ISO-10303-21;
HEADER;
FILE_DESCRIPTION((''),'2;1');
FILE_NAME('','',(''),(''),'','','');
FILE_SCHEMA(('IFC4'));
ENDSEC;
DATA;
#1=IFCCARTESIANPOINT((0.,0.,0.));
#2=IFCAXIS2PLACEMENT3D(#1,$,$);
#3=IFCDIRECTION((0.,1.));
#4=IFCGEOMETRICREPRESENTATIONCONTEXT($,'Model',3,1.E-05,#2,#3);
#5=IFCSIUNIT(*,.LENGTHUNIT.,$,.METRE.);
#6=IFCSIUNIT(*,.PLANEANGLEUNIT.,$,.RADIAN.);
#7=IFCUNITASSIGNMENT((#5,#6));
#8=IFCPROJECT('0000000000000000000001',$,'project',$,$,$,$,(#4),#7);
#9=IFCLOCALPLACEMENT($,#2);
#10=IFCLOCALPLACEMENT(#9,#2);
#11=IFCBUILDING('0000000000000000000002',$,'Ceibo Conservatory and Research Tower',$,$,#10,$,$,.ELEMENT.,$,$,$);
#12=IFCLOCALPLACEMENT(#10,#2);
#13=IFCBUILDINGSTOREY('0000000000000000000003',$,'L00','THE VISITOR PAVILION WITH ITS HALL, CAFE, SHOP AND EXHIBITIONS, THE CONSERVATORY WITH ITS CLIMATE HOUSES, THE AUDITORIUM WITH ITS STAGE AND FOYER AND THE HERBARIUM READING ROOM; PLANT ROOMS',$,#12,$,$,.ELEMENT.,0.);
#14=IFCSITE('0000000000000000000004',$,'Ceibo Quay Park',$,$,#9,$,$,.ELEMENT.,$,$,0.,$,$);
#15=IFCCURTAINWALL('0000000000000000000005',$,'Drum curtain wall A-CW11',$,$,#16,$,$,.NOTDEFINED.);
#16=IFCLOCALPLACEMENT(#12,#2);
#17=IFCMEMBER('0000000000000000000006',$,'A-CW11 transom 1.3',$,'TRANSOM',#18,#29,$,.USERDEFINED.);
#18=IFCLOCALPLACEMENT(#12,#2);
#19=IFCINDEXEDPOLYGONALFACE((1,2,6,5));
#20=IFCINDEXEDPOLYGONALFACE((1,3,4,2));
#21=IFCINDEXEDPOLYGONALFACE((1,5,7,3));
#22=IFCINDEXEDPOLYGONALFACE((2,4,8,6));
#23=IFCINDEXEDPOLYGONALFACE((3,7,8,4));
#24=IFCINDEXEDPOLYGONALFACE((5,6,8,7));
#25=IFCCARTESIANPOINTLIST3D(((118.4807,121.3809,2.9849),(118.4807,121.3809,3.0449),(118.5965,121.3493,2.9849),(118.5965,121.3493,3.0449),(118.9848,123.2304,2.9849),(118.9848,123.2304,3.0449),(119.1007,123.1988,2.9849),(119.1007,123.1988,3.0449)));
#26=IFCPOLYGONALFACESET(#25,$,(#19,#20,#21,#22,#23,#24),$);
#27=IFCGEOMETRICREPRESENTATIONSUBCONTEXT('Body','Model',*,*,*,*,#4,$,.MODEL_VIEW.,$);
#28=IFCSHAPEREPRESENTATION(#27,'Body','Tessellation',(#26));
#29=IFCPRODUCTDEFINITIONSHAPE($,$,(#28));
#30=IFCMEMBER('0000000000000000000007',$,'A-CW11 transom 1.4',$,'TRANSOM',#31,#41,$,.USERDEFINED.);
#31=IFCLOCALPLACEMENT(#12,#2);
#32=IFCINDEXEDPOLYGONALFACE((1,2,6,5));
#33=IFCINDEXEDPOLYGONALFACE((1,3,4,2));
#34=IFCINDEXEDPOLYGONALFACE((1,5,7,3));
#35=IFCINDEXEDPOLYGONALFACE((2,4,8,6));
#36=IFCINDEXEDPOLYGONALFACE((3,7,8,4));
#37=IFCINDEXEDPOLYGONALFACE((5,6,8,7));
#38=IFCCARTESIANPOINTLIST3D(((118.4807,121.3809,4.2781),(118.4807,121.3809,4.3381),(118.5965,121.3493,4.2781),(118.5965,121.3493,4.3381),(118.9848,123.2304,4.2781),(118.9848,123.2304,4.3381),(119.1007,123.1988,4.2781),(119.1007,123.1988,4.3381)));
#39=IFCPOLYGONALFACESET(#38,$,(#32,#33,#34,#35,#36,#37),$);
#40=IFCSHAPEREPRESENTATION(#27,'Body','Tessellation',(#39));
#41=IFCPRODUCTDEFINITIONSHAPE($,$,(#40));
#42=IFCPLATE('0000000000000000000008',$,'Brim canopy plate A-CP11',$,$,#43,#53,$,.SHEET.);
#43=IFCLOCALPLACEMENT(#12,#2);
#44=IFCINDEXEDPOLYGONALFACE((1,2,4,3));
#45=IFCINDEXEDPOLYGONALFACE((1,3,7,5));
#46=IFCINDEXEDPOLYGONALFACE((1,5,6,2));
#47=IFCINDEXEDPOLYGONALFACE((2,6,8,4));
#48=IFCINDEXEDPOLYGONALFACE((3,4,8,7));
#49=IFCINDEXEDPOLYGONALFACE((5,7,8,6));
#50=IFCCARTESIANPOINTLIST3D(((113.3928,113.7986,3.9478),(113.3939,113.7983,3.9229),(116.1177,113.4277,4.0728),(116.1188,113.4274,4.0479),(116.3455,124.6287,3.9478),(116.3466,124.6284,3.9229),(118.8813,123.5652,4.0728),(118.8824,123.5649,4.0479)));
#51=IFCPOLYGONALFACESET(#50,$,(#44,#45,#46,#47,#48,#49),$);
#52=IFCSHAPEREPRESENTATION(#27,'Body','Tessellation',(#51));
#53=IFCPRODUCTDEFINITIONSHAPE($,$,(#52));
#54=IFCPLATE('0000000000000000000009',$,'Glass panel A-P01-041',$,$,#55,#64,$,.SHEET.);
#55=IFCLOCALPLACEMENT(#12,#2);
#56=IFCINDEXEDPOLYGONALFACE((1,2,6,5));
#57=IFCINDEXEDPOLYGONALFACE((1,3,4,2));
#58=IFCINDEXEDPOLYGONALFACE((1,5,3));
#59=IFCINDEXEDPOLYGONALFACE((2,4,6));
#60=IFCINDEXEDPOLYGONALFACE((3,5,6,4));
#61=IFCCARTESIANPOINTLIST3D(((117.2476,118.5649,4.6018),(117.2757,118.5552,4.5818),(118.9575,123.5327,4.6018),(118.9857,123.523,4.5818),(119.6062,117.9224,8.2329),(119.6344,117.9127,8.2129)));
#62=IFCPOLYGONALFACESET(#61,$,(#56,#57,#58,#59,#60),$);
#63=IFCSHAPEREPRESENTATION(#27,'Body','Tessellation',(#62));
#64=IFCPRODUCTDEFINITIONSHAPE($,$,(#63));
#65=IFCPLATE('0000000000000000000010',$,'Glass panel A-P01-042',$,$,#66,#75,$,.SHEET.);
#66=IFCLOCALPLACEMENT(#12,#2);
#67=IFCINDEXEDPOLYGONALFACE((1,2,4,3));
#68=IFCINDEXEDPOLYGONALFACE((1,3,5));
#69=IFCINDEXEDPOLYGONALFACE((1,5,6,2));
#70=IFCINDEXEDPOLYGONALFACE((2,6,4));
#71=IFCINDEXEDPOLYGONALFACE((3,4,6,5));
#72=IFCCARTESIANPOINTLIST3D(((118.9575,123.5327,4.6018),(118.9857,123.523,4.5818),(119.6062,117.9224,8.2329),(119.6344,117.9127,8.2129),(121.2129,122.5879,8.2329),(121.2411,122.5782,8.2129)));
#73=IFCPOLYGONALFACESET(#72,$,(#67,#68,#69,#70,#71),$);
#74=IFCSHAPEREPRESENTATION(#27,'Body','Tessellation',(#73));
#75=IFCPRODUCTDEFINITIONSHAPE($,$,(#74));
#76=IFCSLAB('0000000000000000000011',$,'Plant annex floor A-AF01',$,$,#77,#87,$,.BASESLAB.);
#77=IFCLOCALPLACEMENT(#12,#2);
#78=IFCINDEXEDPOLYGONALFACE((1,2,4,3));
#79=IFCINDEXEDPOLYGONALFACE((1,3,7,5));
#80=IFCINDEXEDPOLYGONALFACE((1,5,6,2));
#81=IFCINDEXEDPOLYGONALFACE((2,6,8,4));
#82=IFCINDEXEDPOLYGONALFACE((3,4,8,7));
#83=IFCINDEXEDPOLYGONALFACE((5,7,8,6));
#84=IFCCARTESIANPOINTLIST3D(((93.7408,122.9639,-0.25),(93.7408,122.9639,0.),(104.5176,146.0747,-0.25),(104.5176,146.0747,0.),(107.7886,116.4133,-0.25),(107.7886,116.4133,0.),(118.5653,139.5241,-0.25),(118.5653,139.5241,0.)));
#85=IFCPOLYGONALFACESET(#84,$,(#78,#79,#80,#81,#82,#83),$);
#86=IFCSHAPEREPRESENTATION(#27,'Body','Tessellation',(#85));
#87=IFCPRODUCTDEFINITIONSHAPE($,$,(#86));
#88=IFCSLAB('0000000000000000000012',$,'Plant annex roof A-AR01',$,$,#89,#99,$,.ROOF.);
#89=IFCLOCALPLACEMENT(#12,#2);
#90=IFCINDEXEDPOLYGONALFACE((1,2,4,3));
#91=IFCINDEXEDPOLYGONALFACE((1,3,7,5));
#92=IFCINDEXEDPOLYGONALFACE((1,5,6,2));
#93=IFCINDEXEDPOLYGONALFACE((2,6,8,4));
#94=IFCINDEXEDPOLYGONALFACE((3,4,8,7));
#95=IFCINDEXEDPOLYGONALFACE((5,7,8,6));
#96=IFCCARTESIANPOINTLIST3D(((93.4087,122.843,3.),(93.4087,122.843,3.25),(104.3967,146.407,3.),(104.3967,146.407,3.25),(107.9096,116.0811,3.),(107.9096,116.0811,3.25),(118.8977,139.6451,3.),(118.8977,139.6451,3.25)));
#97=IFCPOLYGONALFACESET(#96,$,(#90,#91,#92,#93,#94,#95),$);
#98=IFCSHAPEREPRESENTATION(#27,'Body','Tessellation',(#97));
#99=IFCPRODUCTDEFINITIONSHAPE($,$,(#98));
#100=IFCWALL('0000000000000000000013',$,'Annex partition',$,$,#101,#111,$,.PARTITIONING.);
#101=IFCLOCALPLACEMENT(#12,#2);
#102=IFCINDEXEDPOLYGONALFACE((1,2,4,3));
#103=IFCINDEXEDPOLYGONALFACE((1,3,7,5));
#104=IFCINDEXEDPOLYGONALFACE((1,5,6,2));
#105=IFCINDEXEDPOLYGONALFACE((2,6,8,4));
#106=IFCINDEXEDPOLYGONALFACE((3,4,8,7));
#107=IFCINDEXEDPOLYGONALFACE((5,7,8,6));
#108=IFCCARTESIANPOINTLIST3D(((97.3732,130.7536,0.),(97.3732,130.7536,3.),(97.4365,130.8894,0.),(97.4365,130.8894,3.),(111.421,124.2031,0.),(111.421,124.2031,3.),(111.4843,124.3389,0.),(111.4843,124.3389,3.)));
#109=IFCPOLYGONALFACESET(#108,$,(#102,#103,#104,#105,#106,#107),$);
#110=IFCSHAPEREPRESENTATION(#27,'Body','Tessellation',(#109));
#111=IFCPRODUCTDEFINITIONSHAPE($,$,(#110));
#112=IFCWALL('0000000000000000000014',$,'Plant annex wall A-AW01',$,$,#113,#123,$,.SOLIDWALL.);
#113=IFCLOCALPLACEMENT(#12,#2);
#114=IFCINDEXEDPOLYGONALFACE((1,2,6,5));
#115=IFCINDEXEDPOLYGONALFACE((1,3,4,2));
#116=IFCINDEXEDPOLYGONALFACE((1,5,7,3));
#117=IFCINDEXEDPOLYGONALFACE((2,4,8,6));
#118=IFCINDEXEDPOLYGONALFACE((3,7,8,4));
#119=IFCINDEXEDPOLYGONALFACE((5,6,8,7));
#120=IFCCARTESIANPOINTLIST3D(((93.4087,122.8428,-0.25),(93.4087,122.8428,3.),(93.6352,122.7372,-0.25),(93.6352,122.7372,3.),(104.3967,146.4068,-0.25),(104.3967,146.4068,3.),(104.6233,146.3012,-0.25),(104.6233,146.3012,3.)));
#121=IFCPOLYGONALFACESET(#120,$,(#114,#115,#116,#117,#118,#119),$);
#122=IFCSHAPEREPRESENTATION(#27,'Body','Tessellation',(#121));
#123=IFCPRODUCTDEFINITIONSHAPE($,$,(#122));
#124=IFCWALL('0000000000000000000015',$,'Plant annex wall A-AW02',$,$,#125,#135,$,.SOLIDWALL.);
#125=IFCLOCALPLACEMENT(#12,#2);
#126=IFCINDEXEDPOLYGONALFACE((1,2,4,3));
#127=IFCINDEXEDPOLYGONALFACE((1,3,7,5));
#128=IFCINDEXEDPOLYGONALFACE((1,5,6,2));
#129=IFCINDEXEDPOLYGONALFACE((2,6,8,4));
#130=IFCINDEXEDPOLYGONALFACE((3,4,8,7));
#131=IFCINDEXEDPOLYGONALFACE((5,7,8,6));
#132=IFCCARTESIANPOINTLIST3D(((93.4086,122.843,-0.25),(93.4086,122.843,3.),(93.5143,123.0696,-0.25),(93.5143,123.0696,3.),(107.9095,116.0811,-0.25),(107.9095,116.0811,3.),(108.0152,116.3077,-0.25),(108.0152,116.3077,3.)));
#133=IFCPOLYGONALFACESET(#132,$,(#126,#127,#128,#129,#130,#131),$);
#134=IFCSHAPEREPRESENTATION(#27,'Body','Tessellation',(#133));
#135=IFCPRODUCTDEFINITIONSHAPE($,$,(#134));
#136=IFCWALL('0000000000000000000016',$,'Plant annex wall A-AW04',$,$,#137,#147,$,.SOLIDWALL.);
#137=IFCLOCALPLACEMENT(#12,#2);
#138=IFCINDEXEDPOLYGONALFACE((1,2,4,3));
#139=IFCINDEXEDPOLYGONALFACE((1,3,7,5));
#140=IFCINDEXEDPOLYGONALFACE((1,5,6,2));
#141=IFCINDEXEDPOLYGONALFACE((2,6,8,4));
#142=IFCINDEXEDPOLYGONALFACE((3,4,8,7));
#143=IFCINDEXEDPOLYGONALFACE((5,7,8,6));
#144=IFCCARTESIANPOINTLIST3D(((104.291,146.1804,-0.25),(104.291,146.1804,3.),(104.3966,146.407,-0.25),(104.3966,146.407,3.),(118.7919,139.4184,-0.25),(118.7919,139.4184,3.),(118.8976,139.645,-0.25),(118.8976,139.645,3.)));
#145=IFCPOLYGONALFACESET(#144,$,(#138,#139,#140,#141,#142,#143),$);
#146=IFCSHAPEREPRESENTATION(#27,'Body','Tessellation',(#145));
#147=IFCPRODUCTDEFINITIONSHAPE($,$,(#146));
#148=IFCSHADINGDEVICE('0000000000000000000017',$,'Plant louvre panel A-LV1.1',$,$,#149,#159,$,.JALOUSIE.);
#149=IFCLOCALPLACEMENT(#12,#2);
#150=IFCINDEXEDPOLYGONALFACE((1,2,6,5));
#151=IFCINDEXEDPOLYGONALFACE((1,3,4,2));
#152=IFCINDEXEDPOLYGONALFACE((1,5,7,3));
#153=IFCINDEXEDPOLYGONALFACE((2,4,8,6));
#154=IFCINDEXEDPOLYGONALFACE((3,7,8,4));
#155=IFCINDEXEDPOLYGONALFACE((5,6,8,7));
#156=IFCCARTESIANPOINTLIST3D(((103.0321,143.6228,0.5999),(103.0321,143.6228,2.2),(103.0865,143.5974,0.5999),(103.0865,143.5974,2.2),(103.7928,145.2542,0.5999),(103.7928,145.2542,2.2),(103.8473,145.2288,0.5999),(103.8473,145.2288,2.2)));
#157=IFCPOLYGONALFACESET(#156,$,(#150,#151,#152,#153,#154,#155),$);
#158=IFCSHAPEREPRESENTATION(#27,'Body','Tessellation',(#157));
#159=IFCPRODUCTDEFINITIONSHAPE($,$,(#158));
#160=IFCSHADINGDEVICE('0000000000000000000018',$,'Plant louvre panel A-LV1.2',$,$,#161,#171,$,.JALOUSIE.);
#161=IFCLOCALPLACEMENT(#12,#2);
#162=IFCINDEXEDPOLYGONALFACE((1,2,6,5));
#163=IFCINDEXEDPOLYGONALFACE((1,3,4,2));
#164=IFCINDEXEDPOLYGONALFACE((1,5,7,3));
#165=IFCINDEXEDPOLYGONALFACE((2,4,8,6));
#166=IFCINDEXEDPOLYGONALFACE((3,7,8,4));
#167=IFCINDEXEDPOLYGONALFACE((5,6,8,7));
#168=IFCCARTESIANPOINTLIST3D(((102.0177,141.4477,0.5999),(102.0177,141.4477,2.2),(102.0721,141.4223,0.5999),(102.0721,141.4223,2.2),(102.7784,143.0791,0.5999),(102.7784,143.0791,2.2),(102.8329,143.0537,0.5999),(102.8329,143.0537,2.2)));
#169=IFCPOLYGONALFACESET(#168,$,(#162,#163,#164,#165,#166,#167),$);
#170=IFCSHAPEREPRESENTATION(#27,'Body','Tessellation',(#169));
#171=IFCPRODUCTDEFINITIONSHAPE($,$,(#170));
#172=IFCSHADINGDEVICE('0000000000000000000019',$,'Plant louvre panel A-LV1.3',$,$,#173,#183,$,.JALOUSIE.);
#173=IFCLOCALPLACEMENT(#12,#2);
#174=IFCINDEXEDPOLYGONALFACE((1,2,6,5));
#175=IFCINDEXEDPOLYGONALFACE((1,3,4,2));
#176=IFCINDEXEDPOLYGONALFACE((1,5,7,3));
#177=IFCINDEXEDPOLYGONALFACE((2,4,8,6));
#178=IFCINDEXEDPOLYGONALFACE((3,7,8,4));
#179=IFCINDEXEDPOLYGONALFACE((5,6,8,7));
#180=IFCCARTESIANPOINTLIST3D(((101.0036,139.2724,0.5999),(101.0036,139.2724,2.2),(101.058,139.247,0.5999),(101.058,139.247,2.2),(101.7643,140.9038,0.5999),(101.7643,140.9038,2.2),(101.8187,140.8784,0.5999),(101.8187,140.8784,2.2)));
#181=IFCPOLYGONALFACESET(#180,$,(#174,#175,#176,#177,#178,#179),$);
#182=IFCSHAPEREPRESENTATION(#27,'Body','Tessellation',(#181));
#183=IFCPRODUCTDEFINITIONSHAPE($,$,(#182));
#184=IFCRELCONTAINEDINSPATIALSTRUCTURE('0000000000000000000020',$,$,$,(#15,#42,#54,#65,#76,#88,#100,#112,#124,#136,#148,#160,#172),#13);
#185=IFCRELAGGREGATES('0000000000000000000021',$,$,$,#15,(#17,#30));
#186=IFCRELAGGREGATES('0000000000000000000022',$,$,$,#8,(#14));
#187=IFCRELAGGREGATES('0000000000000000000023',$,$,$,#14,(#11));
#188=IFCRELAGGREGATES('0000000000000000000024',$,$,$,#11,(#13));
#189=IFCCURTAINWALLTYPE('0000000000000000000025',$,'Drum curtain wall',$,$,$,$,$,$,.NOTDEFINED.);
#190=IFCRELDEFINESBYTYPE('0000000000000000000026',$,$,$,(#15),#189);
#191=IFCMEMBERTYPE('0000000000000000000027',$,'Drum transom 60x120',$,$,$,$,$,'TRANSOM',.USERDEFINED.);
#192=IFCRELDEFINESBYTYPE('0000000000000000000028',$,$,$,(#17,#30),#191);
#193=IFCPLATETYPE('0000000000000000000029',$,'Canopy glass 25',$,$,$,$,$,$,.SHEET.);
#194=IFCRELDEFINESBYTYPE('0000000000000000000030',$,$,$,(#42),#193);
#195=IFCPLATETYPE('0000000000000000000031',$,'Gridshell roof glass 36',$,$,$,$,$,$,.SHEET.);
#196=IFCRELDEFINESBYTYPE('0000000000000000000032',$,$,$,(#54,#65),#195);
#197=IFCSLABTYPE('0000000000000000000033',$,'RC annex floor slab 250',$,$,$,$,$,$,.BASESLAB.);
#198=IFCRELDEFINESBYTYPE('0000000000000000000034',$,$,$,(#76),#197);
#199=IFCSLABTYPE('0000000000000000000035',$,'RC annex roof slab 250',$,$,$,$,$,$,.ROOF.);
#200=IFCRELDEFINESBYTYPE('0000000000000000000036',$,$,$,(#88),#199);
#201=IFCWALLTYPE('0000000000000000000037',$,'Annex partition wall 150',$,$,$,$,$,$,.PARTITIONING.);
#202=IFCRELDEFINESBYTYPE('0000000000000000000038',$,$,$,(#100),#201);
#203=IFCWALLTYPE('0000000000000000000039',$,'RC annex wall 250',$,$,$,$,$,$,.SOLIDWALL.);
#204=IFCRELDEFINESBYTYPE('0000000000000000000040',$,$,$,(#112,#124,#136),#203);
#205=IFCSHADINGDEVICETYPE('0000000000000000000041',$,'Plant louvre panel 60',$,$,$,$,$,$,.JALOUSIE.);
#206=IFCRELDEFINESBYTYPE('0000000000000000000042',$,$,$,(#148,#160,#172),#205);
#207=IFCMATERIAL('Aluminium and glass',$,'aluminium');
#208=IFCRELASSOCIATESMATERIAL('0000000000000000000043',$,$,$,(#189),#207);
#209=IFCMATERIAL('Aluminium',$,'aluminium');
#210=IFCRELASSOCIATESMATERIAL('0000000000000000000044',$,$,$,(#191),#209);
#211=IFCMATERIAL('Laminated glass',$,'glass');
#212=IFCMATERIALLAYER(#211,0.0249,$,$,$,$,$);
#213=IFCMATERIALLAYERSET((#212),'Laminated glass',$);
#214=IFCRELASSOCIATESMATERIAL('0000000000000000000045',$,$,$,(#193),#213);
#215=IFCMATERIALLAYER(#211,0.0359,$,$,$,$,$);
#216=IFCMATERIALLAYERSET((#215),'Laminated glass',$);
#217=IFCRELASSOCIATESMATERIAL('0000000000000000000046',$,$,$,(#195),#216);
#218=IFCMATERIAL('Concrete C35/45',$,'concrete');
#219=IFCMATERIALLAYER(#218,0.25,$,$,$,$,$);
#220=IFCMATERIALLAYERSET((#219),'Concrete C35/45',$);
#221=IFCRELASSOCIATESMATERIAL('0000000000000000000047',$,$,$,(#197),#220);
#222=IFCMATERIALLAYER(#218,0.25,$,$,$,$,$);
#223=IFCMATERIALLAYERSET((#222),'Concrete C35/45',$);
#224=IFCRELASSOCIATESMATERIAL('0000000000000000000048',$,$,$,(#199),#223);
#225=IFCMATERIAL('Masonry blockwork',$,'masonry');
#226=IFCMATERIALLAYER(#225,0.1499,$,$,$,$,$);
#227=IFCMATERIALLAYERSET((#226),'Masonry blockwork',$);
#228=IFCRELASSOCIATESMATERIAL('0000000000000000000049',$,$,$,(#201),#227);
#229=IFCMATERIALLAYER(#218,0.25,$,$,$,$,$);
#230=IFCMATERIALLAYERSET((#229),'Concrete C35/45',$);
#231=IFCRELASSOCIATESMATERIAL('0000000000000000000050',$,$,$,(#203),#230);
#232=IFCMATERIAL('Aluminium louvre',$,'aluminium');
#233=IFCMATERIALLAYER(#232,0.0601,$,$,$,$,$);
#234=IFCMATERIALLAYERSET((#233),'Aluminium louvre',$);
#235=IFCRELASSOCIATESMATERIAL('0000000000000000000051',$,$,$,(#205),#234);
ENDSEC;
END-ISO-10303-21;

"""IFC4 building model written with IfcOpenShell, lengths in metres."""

from ifc_helpers import new_model, si_unit, direction, frame, frame_2d, origin, origin_2d, place, context, subcontext, project, spatial, polyline, rectangle, outline, extrude, material, layer, layer_set, material_profile, profile_set, type_object, element, aggregate, save


model = new_model("IFC4")

# Units and contexts
model_context = context("Model", 3, precision=1e-05, world=origin(), true_north=direction((0.0, 1.0)))
body_context = subcontext(model_context, "Body", "Model", "MODEL_VIEW")
ifc_project = project(units=[si_unit("LENGTHUNIT", "METRE"), si_unit("PLANEANGLEUNIT", "RADIAN")], contexts=[model_context])

# Site, building, storey
site_placement = place(None, origin())
site = spatial("IfcSite", under=ifc_project, at=site_placement, Name="Ceibo Quay Park", CompositionType="ELEMENT", RefElevation=0.0)
building_placement = place(site_placement, origin())
building = spatial("IfcBuilding", under=site, at=building_placement, Name="Ceibo Conservatory and Research Tower", CompositionType="ELEMENT")
storey_placement = place(building_placement, origin())
storey = spatial("IfcBuildingStorey", under=building, at=storey_placement, Name="L00", Description="THE VISITOR PAVILION WITH ITS HALL, CAFE, SHOP AND EXHIBITIONS, THE CONSERVATORY WITH ITS CLIMATE HOUSES, THE AUDITORIUM WITH ITS STAGE AND FOYER AND THE HERBARIUM READING ROOM; PLANT ROOMS", CompositionType="ELEMENT", Elevation=0.0)

# Shared definitions
ifc_material_1 = material(Name="Concrete C35/45", Category="concrete")

# Curtain wall, members
ifc_material_2 = material(Name="Aluminium and glass", Category="aluminium")
curtain_wall_type = type_object("IfcCurtainWallType", Name="Drum curtain wall", PredefinedType="NOTDEFINED", material=ifc_material_2)
curtain_wall_placement = place(storey_placement, origin())
curtain_wall = element("IfcCurtainWall", 1, at=curtain_wall_placement, inside=storey, type_object=curtain_wall_type, Name="Drum curtain wall A-CW11", PredefinedType="NOTDEFINED")
ifc_material_3 = material(Name="Aluminium", Category="aluminium")
ifc_material_profile_1 = material_profile(ifc_material_3, rectangle(XDim=0.1201, YDim=0.0601, at=origin_2d()), Name="AL 60x120")
ifc_profile_set_1 = profile_set([ifc_material_profile_1], Name="Aluminium")
member_type_1 = type_object("IfcMemberType", Name="Drum transom 60x120", ElementType="TRANSOM", PredefinedType="USERDEFINED", material=ifc_profile_set_1)
member_1_placement = place(storey_placement, frame((119.0427, 123.2146, 3.0149), z_axis=(-0.262977, -0.964802, 0.0), x_axis=(0.964802, -0.262977, 0.0)))
member_1 = element("IfcMember", 2, at=member_1_placement, type_object=member_type_1, Name="A-CW11 transom 1.3", ObjectType="TRANSOM", PredefinedType="USERDEFINED", context=body_context, shape_type="SweptSolid", body=[
    extrude(rectangle(XDim=0.1201, YDim=0.0601, at=origin_2d()), origin(), (0.0, 0.0, 1.0), 1.917),
])
member_2_placement = place(storey_placement, frame((119.0427, 123.2146, 4.3081), z_axis=(-0.262977, -0.964802, 0.0), x_axis=(0.964802, -0.262977, 0.0)))
member_2 = element("IfcMember", 3, at=member_2_placement, type_object=member_type_1, Name="A-CW11 transom 1.4", ObjectType="TRANSOM", PredefinedType="USERDEFINED", context=body_context, shape_type="SweptSolid", body=[
    extrude(rectangle(XDim=0.1201, YDim=0.0601, at=origin_2d()), origin(), (0.0, 0.0, 1.0), 1.917),
])
aggregate(curtain_wall, [member_1, member_2])

# Plates
ifc_material_4 = material(Name="Laminated glass", Category="glass")
ifc_layer_1 = layer(ifc_material_4, 0.0249)
ifc_layer_set_1 = layer_set([ifc_layer_1], Name="Laminated glass")
plate_type_1 = type_object("IfcPlateType", Name="Canopy glass 25", PredefinedType="SHEET", material=ifc_layer_set_1)
plate_1_placement = place(storey_placement, frame((118.8813, 123.5652, 4.0728), z_axis=(0.044187, -0.012047, -0.998951), x_axis=(-0.263021, -0.96479, 0.0)))
element("IfcPlate", 4, at=plate_1_placement, inside=storey, type_object=plate_type_1, Name="Brim canopy plate A-CP11", PredefinedType="SHEET", context=body_context, shape_type="SweptSolid", body=[
    extrude(outline(polyline([(0.0, 0.0), (10.5074, 0.0), (10.8663, 2.7293), (-0.359, 2.7292), (0.0, 0.0)])), origin(), (0.0, 0.0, 1.0), 0.0249),
])
ifc_layer_2 = layer(ifc_material_4, 0.0359)
ifc_layer_set_2 = layer_set([ifc_layer_2], Name="Laminated glass")
plate_type_2 = type_object("IfcPlateType", Name="Gridshell roof glass 36", PredefinedType="SHEET", material=ifc_layer_set_2)
plate_2_placement = place(storey_placement, frame((118.9575, 123.5327, 4.6018), z_axis=(-0.784884, 0.270166, 0.557644), x_axis=(-0.325469, -0.945553, 0.0)))
element("IfcPlate", 5, at=plate_2_placement, inside=storey, type_object=plate_type_2, Name="Glass panel A-P01-041", PredefinedType="SHEET", context=body_context, shape_type="SweptSolid", body=[
    extrude(outline(polyline([(0.0, 0.0), (5.2538, 0.0), (5.0938, 4.3744), (0.0, 0.0)])), origin(), (0.0, 0.0, -1.0), 0.0359),
])
plate_3_placement = place(storey_placement, frame((118.9575, 123.5327, 4.6018), z_axis=(-0.78477, 0.270255, 0.557762), x_axis=(0.096612, -0.835583, 0.540802)))
element("IfcPlate", 6, at=plate_3_placement, inside=storey, type_object=plate_type_2, Name="Glass panel A-P01-042", PredefinedType="SHEET", context=body_context, shape_type="SweptSolid", body=[
    extrude(outline(polyline([(0.0, 0.0), (6.7143, 0.0), (2.9711, 3.2151), (0.0, 0.0)])), origin(), (0.0, 0.0, -1.0), 0.0359),
])

# Slabs
ifc_layer_3 = layer(ifc_material_1, 0.25)
ifc_layer_set_3 = layer_set([ifc_layer_3], Name="Concrete C35/45")
slab_type_1 = type_object("IfcSlabType", Name="RC annex floor slab 250", PredefinedType="BASESLAB", material=ifc_layer_set_3)
slab_1_placement = place(storey_placement, frame((104.5176, 146.0747, -0.25), z_axis=(0.0, 0.0, 1.0), x_axis=(0.906308, -0.422618, 0.0)))
element("IfcSlab", 7, at=slab_1_placement, inside=storey, type_object=slab_type_1, Name="Plant annex floor A-AF01", PredefinedType="BASESLAB", context=body_context, shape_type="SweptSolid", body=[
    extrude(outline(polyline([(0.0, 0.0), (15.5, 0.0), (15.5, -25.5), (0.0, -25.5), (0.0, 0.0)])), origin(), (0.0, 0.0, 1.0), 0.25),
])
ifc_layer_4 = layer(ifc_material_1, 0.25)
ifc_layer_set_4 = layer_set([ifc_layer_4], Name="Concrete C35/45")
slab_type_2 = type_object("IfcSlabType", Name="RC annex roof slab 250", PredefinedType="ROOF", material=ifc_layer_set_4)
slab_2_placement = place(storey_placement, frame((104.3967, 146.407, 3.0), z_axis=(0.0, 0.0, 1.0), x_axis=(-0.422618, -0.906308, 0.0)))
element("IfcSlab", 8, at=slab_2_placement, inside=storey, type_object=slab_type_2, Name="Plant annex roof A-AR01", PredefinedType="ROOF", context=body_context, shape_type="SweptSolid", body=[
    extrude(outline(polyline([(0.0, 0.0), (26.0, 0.0), (26.0, 16.0), (0.0, 16.0), (0.0, 0.0)])), origin(), (0.0, 0.0, 1.0), 0.25),
])

# Walls
ifc_material_5 = material(Name="Masonry blockwork", Category="masonry")
ifc_layer_5 = layer(ifc_material_5, 0.1499)
ifc_layer_set_5 = layer_set([ifc_layer_5], Name="Masonry blockwork")
wall_type_1 = type_object("IfcWallType", Name="Annex partition wall 150", PredefinedType="PARTITIONING", material=ifc_layer_set_5)
wall_1_placement = place(storey_placement, frame((111.4526, 124.271, 0.0), z_axis=(0.0, 0.0, 1.0), x_axis=(-0.90631, 0.422614, 0.0)))
element("IfcWall", 9, at=wall_1_placement, inside=storey, type_object=wall_type_1, Name="Annex partition", PredefinedType="PARTITIONING", context=body_context, shape_type="SweptSolid", body=[
    extrude(rectangle(XDim=15.5, YDim=0.1499, at=frame_2d((7.75, 0.0))), origin(), (0.0, 0.0, 1.0), 3.0),
])
ifc_layer_6 = layer(ifc_material_1, 0.25)
ifc_layer_set_6 = layer_set([ifc_layer_6], Name="Concrete C35/45")
wall_type_2 = type_object("IfcWallType", Name="RC annex wall 250", PredefinedType="SOLIDWALL", material=ifc_layer_set_6)
wall_2_placement = place(storey_placement, frame((104.51, 146.354, -0.25), z_axis=(0.0, 0.0, 1.0), x_axis=(-0.422618, -0.906308, 0.0)))
element("IfcWall", 10, at=wall_2_placement, inside=storey, type_object=wall_type_2, Name="Plant annex wall A-AW01", PredefinedType="SOLIDWALL", context=body_context, shape_type="SweptSolid", body=[
    extrude(rectangle(XDim=26.0, YDim=0.25, at=frame_2d((13.0, 0.0))), origin(), (0.0, 0.0, 1.0), 3.25),
])
for number, where, z_axis, x_axis, name in (
    (11, (93.4614, 122.9563, -0.25), (0.0, 0.0, 1.0), (0.906307, -0.422621, 0.0), "Plant annex wall A-AW02"),
    (12, (118.8447, 139.5317, -0.25), (0.0, 0.0, 1.0), (-0.906307, 0.422621, 0.0), "Plant annex wall A-AW04"),
):
    element("IfcWall", number, at=place(storey_placement, frame(where, z_axis=z_axis, x_axis=x_axis)), inside=storey, type_object=wall_type_2, Name=name, PredefinedType="SOLIDWALL", context=body_context, shape_type="SweptSolid", body=[
        extrude(rectangle(XDim=16.0, YDim=0.25, at=frame_2d((8.0, 0.0))), origin(), (0.0, 0.0, 1.0), 3.25),
    ])

# Shading devices
ifc_material_6 = material(Name="Aluminium louvre", Category="aluminium")
ifc_layer_7 = layer(ifc_material_6, 0.0601)
ifc_layer_set_7 = layer_set([ifc_layer_7], Name="Aluminium louvre")
shading_device_type = type_object("IfcShadingDeviceType", Name="Plant louvre panel 60", PredefinedType="JALOUSIE", material=ifc_layer_set_7)
for number, where, z_axis, x_axis, name in (
    (13, (103.4397, 144.4258, 0.5999), (0.0, 0.0, 1.0), (-0.422618, -0.906308, 0.0), "Plant louvre panel A-LV1.1"),
    (14, (102.4253, 142.2507, 0.5999), (0.0, 0.0, 1.0), (-0.422618, -0.906308, 0.0), "Plant louvre panel A-LV1.2"),
    (15, (101.4111, 140.0754, 0.5999), (0.0, 0.0, 1.0), (-0.422618, -0.906308, 0.0), "Plant louvre panel A-LV1.3"),
):
    element("IfcShadingDevice", number, at=place(storey_placement, frame(where, z_axis=z_axis, x_axis=x_axis)), inside=storey, type_object=shading_device_type, Name=name, PredefinedType="JALOUSIE", context=body_context, shape_type="SweptSolid", body=[
        extrude(rectangle(XDim=1.8, YDim=0.0601, at=origin_2d()), origin(), (0.0, 0.0, 1.0), 1.6001),
    ])

save(model, "model.ifc")
